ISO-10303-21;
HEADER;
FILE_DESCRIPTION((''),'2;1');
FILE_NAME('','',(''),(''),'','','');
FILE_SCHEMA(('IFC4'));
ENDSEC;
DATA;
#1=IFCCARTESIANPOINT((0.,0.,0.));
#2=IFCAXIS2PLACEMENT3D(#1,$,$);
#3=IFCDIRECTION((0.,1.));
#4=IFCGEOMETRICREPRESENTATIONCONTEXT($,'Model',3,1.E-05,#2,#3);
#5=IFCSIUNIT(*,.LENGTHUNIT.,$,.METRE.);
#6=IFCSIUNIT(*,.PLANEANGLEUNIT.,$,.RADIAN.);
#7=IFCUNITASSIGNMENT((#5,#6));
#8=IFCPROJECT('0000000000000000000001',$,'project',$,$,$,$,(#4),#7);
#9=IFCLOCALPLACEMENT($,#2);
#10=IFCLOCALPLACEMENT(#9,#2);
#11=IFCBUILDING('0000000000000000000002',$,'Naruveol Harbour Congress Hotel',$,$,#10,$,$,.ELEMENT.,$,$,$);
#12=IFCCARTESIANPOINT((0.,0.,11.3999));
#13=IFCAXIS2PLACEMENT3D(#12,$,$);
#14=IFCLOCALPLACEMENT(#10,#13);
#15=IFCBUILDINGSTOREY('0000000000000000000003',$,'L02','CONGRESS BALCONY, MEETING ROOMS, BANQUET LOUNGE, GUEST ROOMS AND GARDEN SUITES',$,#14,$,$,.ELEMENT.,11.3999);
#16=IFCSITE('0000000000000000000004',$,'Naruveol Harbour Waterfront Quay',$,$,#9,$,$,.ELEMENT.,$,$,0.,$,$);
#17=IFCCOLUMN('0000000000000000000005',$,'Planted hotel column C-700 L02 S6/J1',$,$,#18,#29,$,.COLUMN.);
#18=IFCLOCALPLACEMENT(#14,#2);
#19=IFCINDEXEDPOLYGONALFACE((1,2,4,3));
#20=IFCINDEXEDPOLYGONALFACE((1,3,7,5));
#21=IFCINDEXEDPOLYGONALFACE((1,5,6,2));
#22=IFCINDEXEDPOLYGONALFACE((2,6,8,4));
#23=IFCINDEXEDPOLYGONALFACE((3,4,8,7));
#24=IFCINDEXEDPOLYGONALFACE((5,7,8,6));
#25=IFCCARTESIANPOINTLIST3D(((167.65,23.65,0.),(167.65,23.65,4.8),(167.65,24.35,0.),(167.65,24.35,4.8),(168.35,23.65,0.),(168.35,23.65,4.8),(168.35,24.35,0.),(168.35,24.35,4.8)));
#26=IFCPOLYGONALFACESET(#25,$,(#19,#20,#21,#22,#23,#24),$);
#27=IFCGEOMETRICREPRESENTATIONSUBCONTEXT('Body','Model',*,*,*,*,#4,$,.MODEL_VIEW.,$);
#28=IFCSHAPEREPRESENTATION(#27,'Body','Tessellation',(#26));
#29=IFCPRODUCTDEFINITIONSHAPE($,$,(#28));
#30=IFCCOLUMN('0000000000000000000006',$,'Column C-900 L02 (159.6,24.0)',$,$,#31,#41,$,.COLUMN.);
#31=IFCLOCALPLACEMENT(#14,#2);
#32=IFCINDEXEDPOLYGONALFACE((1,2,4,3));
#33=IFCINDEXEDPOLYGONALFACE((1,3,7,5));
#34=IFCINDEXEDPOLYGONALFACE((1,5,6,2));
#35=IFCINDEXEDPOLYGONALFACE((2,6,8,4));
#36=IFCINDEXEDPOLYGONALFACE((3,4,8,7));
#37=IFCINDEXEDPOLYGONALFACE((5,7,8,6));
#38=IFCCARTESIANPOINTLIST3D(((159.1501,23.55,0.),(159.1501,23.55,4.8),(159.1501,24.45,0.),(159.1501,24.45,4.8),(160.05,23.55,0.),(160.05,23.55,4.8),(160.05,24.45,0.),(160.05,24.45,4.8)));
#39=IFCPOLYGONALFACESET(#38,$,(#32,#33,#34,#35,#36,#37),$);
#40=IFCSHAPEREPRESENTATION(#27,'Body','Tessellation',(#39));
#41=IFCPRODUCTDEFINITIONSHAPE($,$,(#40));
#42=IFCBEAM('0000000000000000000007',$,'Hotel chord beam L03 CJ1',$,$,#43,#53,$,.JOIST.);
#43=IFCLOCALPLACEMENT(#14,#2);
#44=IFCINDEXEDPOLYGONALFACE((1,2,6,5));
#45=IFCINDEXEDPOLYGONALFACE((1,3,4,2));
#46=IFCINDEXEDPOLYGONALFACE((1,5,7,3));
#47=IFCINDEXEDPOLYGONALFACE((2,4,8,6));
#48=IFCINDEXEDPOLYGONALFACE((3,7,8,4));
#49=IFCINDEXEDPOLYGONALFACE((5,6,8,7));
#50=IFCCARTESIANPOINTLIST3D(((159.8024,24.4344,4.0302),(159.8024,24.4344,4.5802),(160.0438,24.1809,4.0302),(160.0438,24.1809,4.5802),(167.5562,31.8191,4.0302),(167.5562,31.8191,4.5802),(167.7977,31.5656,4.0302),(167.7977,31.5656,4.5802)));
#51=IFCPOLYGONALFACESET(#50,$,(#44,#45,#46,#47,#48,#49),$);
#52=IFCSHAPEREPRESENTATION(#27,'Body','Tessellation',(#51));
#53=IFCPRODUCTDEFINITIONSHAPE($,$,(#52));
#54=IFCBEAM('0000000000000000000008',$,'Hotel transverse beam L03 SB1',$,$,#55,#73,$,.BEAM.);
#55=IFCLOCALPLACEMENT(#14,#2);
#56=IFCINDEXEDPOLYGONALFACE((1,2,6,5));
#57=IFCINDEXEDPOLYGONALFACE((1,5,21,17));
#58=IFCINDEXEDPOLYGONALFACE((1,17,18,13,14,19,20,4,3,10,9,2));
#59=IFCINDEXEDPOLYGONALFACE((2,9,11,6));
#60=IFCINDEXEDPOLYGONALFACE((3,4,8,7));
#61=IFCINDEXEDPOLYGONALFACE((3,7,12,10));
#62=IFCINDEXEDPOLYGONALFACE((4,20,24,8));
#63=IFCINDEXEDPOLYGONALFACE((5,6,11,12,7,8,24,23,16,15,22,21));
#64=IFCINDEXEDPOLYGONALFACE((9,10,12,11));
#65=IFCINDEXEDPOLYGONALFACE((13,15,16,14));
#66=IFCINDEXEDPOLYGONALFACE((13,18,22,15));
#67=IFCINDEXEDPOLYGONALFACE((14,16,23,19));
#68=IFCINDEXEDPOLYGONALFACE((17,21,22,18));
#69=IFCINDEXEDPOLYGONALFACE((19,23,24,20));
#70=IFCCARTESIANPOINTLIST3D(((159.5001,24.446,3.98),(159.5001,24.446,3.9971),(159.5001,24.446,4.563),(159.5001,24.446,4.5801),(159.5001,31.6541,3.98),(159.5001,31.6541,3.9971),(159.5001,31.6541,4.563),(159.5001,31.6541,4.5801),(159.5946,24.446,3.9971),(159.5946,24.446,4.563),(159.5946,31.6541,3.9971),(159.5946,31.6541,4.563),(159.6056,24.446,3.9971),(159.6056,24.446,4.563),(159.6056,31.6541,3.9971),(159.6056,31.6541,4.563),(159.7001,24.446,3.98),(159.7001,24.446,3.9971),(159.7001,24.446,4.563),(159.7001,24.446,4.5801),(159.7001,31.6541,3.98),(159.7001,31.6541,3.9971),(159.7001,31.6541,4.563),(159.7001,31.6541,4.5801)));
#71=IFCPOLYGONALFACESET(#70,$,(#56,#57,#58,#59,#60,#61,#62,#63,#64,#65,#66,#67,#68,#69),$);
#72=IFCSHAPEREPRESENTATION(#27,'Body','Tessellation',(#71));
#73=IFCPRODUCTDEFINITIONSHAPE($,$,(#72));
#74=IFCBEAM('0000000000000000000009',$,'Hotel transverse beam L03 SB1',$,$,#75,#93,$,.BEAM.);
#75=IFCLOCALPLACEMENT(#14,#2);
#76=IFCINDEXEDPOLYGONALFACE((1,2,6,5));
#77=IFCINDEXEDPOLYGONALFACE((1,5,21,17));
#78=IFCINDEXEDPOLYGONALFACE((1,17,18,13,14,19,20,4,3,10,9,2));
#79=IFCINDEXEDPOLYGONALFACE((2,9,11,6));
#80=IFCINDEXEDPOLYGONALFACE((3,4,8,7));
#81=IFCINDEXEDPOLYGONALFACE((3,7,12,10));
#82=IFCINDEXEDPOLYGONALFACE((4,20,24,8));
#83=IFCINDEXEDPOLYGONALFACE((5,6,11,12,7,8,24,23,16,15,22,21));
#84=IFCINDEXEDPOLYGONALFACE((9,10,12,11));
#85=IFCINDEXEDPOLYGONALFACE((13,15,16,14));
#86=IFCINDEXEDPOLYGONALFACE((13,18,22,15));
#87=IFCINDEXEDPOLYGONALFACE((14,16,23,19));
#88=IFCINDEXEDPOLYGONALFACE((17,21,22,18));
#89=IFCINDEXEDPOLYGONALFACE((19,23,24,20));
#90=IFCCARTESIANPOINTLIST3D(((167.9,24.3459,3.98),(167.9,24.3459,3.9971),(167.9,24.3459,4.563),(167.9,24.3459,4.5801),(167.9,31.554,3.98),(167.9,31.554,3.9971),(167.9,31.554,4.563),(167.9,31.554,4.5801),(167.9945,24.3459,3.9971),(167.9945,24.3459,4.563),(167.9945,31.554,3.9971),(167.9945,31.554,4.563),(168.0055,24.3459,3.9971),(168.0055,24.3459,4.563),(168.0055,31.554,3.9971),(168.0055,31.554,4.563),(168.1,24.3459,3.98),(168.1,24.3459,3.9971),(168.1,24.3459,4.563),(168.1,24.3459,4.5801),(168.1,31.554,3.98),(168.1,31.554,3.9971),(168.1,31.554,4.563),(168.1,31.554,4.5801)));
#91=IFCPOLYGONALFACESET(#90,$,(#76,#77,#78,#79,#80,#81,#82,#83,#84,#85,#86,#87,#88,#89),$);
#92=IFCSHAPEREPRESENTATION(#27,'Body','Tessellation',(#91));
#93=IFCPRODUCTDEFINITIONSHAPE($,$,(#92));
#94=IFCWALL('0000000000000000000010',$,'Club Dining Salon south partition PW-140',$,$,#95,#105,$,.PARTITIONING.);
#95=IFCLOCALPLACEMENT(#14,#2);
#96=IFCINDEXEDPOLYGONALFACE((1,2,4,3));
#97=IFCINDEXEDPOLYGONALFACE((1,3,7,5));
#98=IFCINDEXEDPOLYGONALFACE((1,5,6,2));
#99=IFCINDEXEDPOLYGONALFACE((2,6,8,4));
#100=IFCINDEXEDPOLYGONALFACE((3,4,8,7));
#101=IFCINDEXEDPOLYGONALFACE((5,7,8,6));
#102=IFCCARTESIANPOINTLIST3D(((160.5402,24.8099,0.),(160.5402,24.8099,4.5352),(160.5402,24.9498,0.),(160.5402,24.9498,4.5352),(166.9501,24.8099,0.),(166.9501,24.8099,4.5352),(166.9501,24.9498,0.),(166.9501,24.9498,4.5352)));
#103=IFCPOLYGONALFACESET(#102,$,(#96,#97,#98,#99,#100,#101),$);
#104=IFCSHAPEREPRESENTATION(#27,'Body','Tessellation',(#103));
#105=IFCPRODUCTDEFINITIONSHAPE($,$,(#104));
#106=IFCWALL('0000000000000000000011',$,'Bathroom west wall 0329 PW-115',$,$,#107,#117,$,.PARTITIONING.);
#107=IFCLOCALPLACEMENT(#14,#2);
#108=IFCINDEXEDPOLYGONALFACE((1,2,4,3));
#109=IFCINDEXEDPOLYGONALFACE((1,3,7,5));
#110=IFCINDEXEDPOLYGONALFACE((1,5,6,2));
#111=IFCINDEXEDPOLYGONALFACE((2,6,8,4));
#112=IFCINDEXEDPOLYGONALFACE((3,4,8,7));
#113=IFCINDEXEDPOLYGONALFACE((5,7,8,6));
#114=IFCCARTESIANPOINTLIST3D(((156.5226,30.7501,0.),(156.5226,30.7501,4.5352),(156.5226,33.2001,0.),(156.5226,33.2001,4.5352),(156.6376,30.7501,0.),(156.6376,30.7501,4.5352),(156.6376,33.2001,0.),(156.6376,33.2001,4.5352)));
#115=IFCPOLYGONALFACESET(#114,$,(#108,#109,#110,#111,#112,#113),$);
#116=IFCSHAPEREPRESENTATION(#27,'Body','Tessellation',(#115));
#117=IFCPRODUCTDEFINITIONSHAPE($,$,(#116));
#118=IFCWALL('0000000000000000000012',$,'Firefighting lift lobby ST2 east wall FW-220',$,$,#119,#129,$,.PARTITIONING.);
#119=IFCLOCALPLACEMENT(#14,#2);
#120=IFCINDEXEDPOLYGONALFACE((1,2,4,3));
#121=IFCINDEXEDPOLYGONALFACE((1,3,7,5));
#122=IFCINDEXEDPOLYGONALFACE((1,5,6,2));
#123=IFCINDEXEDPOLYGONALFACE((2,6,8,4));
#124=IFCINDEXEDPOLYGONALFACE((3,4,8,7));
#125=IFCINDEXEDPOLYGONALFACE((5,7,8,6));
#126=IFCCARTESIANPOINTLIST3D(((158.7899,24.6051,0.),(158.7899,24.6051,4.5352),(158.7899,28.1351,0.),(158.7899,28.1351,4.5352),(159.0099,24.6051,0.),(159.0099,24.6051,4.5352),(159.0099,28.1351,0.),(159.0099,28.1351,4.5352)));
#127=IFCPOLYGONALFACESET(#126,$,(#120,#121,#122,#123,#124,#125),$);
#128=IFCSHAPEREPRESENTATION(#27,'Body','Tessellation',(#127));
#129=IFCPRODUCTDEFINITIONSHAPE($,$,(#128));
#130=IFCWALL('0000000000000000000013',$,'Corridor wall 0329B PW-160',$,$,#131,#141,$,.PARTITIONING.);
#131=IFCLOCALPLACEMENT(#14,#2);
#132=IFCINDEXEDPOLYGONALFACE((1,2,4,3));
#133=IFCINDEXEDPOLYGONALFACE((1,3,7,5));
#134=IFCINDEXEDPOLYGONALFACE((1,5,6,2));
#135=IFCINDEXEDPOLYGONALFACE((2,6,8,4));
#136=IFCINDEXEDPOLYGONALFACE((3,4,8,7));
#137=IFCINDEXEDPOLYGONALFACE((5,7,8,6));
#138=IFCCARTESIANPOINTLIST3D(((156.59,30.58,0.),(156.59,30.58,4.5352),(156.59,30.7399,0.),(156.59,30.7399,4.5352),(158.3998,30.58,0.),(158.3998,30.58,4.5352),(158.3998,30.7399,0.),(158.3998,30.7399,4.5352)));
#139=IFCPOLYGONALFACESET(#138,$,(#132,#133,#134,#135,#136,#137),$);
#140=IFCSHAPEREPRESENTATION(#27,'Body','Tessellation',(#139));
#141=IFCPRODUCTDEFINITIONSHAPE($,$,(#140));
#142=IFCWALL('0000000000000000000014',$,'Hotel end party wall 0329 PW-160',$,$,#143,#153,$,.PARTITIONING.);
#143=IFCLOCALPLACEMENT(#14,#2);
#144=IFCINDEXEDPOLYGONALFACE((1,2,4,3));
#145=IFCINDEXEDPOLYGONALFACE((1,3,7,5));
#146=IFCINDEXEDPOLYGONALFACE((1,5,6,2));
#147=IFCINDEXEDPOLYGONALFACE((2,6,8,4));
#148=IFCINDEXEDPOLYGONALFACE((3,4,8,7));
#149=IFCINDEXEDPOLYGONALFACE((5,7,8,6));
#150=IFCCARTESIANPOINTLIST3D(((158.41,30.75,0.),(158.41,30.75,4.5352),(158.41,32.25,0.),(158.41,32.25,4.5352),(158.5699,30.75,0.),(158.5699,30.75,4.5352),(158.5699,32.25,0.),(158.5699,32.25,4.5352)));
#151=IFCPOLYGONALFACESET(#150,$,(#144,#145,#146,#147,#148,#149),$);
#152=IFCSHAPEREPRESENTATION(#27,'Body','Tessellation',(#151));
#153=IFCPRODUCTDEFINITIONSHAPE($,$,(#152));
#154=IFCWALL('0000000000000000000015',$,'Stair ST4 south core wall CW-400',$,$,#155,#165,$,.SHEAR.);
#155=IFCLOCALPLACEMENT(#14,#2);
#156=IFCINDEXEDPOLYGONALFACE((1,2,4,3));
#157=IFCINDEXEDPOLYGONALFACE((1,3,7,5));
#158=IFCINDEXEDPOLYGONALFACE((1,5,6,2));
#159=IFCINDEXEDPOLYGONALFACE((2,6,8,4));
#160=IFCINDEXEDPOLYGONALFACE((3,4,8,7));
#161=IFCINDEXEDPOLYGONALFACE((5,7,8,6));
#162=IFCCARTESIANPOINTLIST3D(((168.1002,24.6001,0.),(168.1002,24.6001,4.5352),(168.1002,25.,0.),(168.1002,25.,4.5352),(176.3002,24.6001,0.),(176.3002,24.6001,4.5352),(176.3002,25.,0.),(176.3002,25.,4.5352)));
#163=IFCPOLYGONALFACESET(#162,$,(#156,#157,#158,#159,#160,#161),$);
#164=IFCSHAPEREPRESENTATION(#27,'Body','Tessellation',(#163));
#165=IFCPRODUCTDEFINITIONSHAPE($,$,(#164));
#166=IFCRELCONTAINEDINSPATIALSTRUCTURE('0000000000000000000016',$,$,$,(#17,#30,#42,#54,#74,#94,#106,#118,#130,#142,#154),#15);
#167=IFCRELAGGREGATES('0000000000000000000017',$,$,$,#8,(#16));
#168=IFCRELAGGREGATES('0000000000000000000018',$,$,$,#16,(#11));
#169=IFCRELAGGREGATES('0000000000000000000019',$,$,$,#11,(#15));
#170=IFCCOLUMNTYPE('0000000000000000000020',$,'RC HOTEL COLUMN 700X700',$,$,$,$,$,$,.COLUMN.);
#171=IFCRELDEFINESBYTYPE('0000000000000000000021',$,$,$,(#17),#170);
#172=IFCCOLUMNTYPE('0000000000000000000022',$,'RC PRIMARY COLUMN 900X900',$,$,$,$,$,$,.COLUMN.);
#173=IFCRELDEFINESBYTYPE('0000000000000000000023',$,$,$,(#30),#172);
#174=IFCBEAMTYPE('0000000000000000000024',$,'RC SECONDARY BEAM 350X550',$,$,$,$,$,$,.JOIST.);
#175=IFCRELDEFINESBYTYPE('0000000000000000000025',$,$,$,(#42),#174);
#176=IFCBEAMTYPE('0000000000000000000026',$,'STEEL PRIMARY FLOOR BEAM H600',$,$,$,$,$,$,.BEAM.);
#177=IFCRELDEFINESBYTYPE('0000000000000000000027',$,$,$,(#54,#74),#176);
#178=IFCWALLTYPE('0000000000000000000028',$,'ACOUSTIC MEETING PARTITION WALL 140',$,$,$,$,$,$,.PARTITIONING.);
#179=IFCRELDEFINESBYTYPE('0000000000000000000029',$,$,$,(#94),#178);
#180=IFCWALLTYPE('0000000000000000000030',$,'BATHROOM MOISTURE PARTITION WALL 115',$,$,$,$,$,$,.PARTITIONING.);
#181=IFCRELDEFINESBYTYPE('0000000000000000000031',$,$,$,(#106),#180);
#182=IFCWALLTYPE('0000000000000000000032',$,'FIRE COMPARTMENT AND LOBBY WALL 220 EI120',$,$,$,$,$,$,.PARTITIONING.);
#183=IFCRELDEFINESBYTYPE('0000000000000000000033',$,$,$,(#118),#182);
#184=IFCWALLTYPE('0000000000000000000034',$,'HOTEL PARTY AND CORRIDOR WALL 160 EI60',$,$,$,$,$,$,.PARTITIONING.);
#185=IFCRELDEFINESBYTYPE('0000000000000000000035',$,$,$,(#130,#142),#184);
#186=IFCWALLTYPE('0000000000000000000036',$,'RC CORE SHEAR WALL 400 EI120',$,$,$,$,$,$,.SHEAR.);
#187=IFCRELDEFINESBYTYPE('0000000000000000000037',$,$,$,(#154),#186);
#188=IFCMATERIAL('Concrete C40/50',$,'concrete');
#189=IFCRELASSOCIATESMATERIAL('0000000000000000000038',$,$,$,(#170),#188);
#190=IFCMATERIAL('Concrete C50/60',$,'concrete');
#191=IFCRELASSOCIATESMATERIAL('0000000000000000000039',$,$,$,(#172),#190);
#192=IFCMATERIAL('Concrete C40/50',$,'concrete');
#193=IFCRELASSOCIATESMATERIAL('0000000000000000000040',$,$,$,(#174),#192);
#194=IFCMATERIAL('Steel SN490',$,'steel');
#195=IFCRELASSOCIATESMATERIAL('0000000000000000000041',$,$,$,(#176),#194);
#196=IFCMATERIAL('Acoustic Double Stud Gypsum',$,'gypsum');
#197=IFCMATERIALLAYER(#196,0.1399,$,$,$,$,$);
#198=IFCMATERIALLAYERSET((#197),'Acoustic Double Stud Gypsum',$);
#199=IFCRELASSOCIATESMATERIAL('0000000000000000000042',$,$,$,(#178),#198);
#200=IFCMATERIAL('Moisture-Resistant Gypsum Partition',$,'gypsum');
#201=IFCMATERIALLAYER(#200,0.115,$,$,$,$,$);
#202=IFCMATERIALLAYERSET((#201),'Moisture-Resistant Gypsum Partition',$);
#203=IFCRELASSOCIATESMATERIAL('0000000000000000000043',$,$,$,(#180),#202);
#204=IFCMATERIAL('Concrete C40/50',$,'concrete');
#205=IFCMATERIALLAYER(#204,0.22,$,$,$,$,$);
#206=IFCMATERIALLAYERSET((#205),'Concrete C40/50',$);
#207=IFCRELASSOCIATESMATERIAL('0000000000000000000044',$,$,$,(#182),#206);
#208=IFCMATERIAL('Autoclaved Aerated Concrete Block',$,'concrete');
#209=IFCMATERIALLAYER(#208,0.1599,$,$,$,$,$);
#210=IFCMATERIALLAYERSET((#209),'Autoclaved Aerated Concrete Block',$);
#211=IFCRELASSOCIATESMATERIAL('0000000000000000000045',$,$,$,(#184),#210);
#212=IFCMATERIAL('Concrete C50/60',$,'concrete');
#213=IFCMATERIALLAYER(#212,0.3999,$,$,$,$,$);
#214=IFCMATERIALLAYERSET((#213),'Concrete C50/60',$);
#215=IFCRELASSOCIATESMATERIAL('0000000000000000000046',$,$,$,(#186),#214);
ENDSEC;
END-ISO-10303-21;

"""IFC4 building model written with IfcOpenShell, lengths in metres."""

from ifc_helpers import new_model, si_unit, direction, frame, frame_2d, origin, origin_2d, place, context, subcontext, project, spatial, rectangle, i_section, extrude, material, layer, layer_set, material_profile, profile_set, type_object, element, save


model = new_model("IFC4")

# Units and contexts
model_context = context("Model", 3, precision=1e-05, world=origin(), true_north=direction((0.0, 1.0)))
body_context = subcontext(model_context, "Body", "Model", "MODEL_VIEW")
ifc_project = project(units=[si_unit("LENGTHUNIT", "METRE"), si_unit("PLANEANGLEUNIT", "RADIAN")], contexts=[model_context])

# Site, building, storey
site_placement = place(None, origin())
site = spatial("IfcSite", under=ifc_project, at=site_placement, Name="Naruveol Harbour Waterfront Quay", CompositionType="ELEMENT", RefElevation=0.0)
building_placement = place(site_placement, origin())
building = spatial("IfcBuilding", under=site, at=building_placement, Name="Naruveol Harbour Congress Hotel", CompositionType="ELEMENT")
storey_placement = place(building_placement, frame((0.0, 0.0, 11.3999)))
storey = spatial("IfcBuildingStorey", under=building, at=storey_placement, Name="L02", Description="CONGRESS BALCONY, MEETING ROOMS, BANQUET LOUNGE, GUEST ROOMS AND GARDEN SUITES", CompositionType="ELEMENT", Elevation=11.3999)

# Columns
ifc_material_1 = material(Name="Concrete C40/50", Category="concrete")
ifc_material_profile_1 = material_profile(ifc_material_1, rectangle(XDim=0.7, YDim=0.7, at=origin_2d()), Name="RC-700x700")
ifc_profile_set_1 = profile_set([ifc_material_profile_1], Name="Concrete C40/50")
column_type_1 = type_object("IfcColumnType", Name="RC HOTEL COLUMN 700X700", PredefinedType="COLUMN", material=ifc_profile_set_1)
column_1_placement = place(storey_placement, frame((168.0, 24.0, 0.0), z_axis=(0.0, 0.0, 1.0), x_axis=(1.0, 0.0, 0.0)))
element("IfcColumn", 1, at=column_1_placement, inside=storey, type_object=column_type_1, Name="Planted hotel column C-700 L02 S6/J1", PredefinedType="COLUMN", context=body_context, shape_type="SweptSolid", body=[
    extrude(rectangle(XDim=0.7, YDim=0.7, at=origin_2d()), origin(), (0.0, 0.0, 1.0), 4.8),
])
ifc_material_2 = material(Name="Concrete C50/60", Category="concrete")
ifc_material_profile_2 = material_profile(ifc_material_2, rectangle(XDim=0.8999, YDim=0.8999, at=origin_2d()), Name="RC-900x900")
ifc_profile_set_2 = profile_set([ifc_material_profile_2], Name="Concrete C50/60")
column_type_2 = type_object("IfcColumnType", Name="RC PRIMARY COLUMN 900X900", PredefinedType="COLUMN", material=ifc_profile_set_2)
column_2_placement = place(storey_placement, frame((159.6001, 24.0, 0.0), z_axis=(0.0, 0.0, 1.0), x_axis=(1.0, 0.0, 0.0)))
element("IfcColumn", 2, at=column_2_placement, inside=storey, type_object=column_type_2, Name="Column C-900 L02 (159.6,24.0)", PredefinedType="COLUMN", context=body_context, shape_type="SweptSolid", body=[
    extrude(rectangle(XDim=0.8999, YDim=0.8999, at=origin_2d()), origin(), (0.0, 0.0, 1.0), 4.8),
])

# Beams
ifc_material_3 = material(Name="Concrete C40/50", Category="concrete")
ifc_material_profile_3 = material_profile(ifc_material_3, rectangle(XDim=0.3501, YDim=0.55, at=origin_2d()), Name="RCB-350x550")
ifc_profile_set_3 = profile_set([ifc_material_profile_3], Name="Concrete C40/50")
beam_type_1 = type_object("IfcBeamType", Name="RC SECONDARY BEAM 350X550", PredefinedType="JOIST", material=ifc_profile_set_3)
beam_placement = place(storey_placement, frame((159.9231, 24.3076, 4.3052), z_axis=(0.724134, 0.68966, 0.0), x_axis=(-0.68966, 0.724134, 0.0)))
element("IfcBeam", 3, at=beam_placement, inside=storey, type_object=beam_type_1, Name="Hotel chord beam L03 CJ1", PredefinedType="JOIST", context=body_context, shape_type="SweptSolid", body=[
    extrude(rectangle(XDim=0.3501, YDim=0.55, at=origin_2d()), origin(), (0.0, 0.0, 1.0), 10.7078),
])
ifc_material_4 = material(Name="Steel SN490", Category="steel")
ifc_material_profile_4 = material_profile(ifc_material_4, i_section(OverallWidth=0.2, OverallDepth=0.6001, WebThickness=0.011, FlangeThickness=0.0171, at=origin_2d()), Name="H-600x200x11x17")
ifc_profile_set_4 = profile_set([ifc_material_profile_4], Name="Steel SN490")
beam_type_2 = type_object("IfcBeamType", Name="STEEL PRIMARY FLOOR BEAM H600", PredefinedType="BEAM", material=ifc_profile_set_4)
for number, where, z_axis, x_axis, name in (
    (4, (159.6001, 24.446, 4.28), (0.0, 1.0, 0.0), (-1.0, 0.0, 0.0), "Hotel transverse beam L03 SB1"),
    (5, (168.0, 24.3459, 4.28), (0.0, 1.0, 0.0), (-1.0, 0.0, 0.0), "Hotel transverse beam L03 SB1"),
):
    element("IfcBeam", number, at=place(storey_placement, frame(where, z_axis=z_axis, x_axis=x_axis)), inside=storey, type_object=beam_type_2, Name=name, PredefinedType="BEAM", context=body_context, shape_type="SweptSolid", body=[
        extrude(i_section(OverallWidth=0.2, OverallDepth=0.6001, WebThickness=0.011, FlangeThickness=0.0171, at=origin_2d()), origin(), (0.0, 0.0, 1.0), 7.208),
    ])

# Shared definitions
ifc_material_5 = material(Name="Acoustic Double Stud Gypsum", Category="gypsum")
ifc_layer_1 = layer(ifc_material_5, 0.1399)
ifc_layer_set_1 = layer_set([ifc_layer_1], Name="Acoustic Double Stud Gypsum")
wall_type_1 = type_object("IfcWallType", Name="ACOUSTIC MEETING PARTITION WALL 140", PredefinedType="PARTITIONING", material=ifc_layer_set_1)

# Walls
wall_1_placement = place(storey_placement, frame((160.54, 24.8799, 0.0), z_axis=(0.0, 0.0, 1.0), x_axis=(1.0, 0.0, 0.0)))
element("IfcWall", 6, at=wall_1_placement, inside=storey, type_object=wall_type_1, Name="Club Dining Salon south partition PW-140", PredefinedType="PARTITIONING", context=body_context, shape_type="SweptSolid", body=[
    extrude(rectangle(XDim=6.4099, YDim=0.1399, at=frame_2d((3.2051, 0.0))), origin(), (0.0, 0.0, 1.0), 4.5352),
])
ifc_material_6 = material(Name="Moisture-Resistant Gypsum Partition", Category="gypsum")
ifc_layer_2 = layer(ifc_material_6, 0.115)
ifc_layer_set_2 = layer_set([ifc_layer_2], Name="Moisture-Resistant Gypsum Partition")
wall_type_2 = type_object("IfcWallType", Name="BATHROOM MOISTURE PARTITION WALL 115", PredefinedType="PARTITIONING", material=ifc_layer_set_2)
wall_2_placement = place(storey_placement, frame((156.5801, 30.75, 0.0), z_axis=(0.0, 0.0, 1.0), x_axis=(0.0, 1.0, 0.0)))
element("IfcWall", 7, at=wall_2_placement, inside=storey, type_object=wall_type_2, Name="Bathroom west wall 0329 PW-115", PredefinedType="PARTITIONING", context=body_context, shape_type="SweptSolid", body=[
    extrude(rectangle(XDim=2.45, YDim=0.115, at=frame_2d((1.2251, 0.0))), origin(), (0.0, 0.0, 1.0), 4.5352),
])
ifc_material_7 = material(Name="Concrete C40/50", Category="concrete")
ifc_layer_3 = layer(ifc_material_7, 0.22)
ifc_layer_set_3 = layer_set([ifc_layer_3], Name="Concrete C40/50")
wall_type_3 = type_object("IfcWallType", Name="FIRE COMPARTMENT AND LOBBY WALL 220 EI120", PredefinedType="PARTITIONING", material=ifc_layer_set_3)
wall_3_placement = place(storey_placement, frame((158.8999, 24.605, 0.0), z_axis=(0.0, 0.0, 1.0), x_axis=(0.0, 1.0, 0.0)))
element("IfcWall", 8, at=wall_3_placement, inside=storey, type_object=wall_type_3, Name="Firefighting lift lobby ST2 east wall FW-220", PredefinedType="PARTITIONING", context=body_context, shape_type="SweptSolid", body=[
    extrude(rectangle(XDim=3.53, YDim=0.22, at=frame_2d((1.7651, 0.0))), origin(), (0.0, 0.0, 1.0), 4.5352),
])
ifc_material_8 = material(Name="Autoclaved Aerated Concrete Block", Category="concrete")
ifc_layer_4 = layer(ifc_material_8, 0.1599)
ifc_layer_set_4 = layer_set([ifc_layer_4], Name="Autoclaved Aerated Concrete Block")
wall_type_4 = type_object("IfcWallType", Name="HOTEL PARTY AND CORRIDOR WALL 160 EI60", PredefinedType="PARTITIONING", material=ifc_layer_set_4)
wall_4_placement = place(storey_placement, frame((156.5901, 30.6599, 0.0), z_axis=(0.0, 0.0, 1.0), x_axis=(1.0, 0.0, 0.0)))
element("IfcWall", 9, at=wall_4_placement, inside=storey, type_object=wall_type_4, Name="Corridor wall 0329B PW-160", PredefinedType="PARTITIONING", context=body_context, shape_type="SweptSolid", body=[
    extrude(rectangle(XDim=1.8098, YDim=0.1599, at=frame_2d((0.9048, 0.0))), origin(), (0.0, 0.0, 1.0), 4.5352),
])
wall_5_placement = place(storey_placement, frame((158.49, 30.75, 0.0), z_axis=(0.0, 0.0, 1.0), x_axis=(0.0, 1.0, 0.0)))
element("IfcWall", 10, at=wall_5_placement, inside=storey, type_object=wall_type_4, Name="Hotel end party wall 0329 PW-160", PredefinedType="PARTITIONING", context=body_context, shape_type="SweptSolid", body=[
    extrude(rectangle(XDim=1.5, YDim=0.1599, at=frame_2d((0.75, 0.0))), origin(), (0.0, 0.0, 1.0), 4.5352),
])
ifc_material_9 = material(Name="Concrete C50/60", Category="concrete")
ifc_layer_5 = layer(ifc_material_9, 0.3999)
ifc_layer_set_5 = layer_set([ifc_layer_5], Name="Concrete C50/60")
wall_type_5 = type_object("IfcWallType", Name="RC CORE SHEAR WALL 400 EI120", PredefinedType="SHEAR", material=ifc_layer_set_5)
wall_6_placement = place(storey_placement, frame((168.1001, 24.8, 0.0), z_axis=(0.0, 0.0, 1.0), x_axis=(1.0, 0.0, 0.0)))
element("IfcWall", 11, at=wall_6_placement, inside=storey, type_object=wall_type_5, Name="Stair ST4 south core wall CW-400", PredefinedType="SHEAR", context=body_context, shape_type="SweptSolid", body=[
    extrude(rectangle(XDim=8.2, YDim=0.3999, at=frame_2d((4.1001, 0.0))), origin(), (0.0, 0.0, 1.0), 4.5352),
])

save(model, "model.ifc")
